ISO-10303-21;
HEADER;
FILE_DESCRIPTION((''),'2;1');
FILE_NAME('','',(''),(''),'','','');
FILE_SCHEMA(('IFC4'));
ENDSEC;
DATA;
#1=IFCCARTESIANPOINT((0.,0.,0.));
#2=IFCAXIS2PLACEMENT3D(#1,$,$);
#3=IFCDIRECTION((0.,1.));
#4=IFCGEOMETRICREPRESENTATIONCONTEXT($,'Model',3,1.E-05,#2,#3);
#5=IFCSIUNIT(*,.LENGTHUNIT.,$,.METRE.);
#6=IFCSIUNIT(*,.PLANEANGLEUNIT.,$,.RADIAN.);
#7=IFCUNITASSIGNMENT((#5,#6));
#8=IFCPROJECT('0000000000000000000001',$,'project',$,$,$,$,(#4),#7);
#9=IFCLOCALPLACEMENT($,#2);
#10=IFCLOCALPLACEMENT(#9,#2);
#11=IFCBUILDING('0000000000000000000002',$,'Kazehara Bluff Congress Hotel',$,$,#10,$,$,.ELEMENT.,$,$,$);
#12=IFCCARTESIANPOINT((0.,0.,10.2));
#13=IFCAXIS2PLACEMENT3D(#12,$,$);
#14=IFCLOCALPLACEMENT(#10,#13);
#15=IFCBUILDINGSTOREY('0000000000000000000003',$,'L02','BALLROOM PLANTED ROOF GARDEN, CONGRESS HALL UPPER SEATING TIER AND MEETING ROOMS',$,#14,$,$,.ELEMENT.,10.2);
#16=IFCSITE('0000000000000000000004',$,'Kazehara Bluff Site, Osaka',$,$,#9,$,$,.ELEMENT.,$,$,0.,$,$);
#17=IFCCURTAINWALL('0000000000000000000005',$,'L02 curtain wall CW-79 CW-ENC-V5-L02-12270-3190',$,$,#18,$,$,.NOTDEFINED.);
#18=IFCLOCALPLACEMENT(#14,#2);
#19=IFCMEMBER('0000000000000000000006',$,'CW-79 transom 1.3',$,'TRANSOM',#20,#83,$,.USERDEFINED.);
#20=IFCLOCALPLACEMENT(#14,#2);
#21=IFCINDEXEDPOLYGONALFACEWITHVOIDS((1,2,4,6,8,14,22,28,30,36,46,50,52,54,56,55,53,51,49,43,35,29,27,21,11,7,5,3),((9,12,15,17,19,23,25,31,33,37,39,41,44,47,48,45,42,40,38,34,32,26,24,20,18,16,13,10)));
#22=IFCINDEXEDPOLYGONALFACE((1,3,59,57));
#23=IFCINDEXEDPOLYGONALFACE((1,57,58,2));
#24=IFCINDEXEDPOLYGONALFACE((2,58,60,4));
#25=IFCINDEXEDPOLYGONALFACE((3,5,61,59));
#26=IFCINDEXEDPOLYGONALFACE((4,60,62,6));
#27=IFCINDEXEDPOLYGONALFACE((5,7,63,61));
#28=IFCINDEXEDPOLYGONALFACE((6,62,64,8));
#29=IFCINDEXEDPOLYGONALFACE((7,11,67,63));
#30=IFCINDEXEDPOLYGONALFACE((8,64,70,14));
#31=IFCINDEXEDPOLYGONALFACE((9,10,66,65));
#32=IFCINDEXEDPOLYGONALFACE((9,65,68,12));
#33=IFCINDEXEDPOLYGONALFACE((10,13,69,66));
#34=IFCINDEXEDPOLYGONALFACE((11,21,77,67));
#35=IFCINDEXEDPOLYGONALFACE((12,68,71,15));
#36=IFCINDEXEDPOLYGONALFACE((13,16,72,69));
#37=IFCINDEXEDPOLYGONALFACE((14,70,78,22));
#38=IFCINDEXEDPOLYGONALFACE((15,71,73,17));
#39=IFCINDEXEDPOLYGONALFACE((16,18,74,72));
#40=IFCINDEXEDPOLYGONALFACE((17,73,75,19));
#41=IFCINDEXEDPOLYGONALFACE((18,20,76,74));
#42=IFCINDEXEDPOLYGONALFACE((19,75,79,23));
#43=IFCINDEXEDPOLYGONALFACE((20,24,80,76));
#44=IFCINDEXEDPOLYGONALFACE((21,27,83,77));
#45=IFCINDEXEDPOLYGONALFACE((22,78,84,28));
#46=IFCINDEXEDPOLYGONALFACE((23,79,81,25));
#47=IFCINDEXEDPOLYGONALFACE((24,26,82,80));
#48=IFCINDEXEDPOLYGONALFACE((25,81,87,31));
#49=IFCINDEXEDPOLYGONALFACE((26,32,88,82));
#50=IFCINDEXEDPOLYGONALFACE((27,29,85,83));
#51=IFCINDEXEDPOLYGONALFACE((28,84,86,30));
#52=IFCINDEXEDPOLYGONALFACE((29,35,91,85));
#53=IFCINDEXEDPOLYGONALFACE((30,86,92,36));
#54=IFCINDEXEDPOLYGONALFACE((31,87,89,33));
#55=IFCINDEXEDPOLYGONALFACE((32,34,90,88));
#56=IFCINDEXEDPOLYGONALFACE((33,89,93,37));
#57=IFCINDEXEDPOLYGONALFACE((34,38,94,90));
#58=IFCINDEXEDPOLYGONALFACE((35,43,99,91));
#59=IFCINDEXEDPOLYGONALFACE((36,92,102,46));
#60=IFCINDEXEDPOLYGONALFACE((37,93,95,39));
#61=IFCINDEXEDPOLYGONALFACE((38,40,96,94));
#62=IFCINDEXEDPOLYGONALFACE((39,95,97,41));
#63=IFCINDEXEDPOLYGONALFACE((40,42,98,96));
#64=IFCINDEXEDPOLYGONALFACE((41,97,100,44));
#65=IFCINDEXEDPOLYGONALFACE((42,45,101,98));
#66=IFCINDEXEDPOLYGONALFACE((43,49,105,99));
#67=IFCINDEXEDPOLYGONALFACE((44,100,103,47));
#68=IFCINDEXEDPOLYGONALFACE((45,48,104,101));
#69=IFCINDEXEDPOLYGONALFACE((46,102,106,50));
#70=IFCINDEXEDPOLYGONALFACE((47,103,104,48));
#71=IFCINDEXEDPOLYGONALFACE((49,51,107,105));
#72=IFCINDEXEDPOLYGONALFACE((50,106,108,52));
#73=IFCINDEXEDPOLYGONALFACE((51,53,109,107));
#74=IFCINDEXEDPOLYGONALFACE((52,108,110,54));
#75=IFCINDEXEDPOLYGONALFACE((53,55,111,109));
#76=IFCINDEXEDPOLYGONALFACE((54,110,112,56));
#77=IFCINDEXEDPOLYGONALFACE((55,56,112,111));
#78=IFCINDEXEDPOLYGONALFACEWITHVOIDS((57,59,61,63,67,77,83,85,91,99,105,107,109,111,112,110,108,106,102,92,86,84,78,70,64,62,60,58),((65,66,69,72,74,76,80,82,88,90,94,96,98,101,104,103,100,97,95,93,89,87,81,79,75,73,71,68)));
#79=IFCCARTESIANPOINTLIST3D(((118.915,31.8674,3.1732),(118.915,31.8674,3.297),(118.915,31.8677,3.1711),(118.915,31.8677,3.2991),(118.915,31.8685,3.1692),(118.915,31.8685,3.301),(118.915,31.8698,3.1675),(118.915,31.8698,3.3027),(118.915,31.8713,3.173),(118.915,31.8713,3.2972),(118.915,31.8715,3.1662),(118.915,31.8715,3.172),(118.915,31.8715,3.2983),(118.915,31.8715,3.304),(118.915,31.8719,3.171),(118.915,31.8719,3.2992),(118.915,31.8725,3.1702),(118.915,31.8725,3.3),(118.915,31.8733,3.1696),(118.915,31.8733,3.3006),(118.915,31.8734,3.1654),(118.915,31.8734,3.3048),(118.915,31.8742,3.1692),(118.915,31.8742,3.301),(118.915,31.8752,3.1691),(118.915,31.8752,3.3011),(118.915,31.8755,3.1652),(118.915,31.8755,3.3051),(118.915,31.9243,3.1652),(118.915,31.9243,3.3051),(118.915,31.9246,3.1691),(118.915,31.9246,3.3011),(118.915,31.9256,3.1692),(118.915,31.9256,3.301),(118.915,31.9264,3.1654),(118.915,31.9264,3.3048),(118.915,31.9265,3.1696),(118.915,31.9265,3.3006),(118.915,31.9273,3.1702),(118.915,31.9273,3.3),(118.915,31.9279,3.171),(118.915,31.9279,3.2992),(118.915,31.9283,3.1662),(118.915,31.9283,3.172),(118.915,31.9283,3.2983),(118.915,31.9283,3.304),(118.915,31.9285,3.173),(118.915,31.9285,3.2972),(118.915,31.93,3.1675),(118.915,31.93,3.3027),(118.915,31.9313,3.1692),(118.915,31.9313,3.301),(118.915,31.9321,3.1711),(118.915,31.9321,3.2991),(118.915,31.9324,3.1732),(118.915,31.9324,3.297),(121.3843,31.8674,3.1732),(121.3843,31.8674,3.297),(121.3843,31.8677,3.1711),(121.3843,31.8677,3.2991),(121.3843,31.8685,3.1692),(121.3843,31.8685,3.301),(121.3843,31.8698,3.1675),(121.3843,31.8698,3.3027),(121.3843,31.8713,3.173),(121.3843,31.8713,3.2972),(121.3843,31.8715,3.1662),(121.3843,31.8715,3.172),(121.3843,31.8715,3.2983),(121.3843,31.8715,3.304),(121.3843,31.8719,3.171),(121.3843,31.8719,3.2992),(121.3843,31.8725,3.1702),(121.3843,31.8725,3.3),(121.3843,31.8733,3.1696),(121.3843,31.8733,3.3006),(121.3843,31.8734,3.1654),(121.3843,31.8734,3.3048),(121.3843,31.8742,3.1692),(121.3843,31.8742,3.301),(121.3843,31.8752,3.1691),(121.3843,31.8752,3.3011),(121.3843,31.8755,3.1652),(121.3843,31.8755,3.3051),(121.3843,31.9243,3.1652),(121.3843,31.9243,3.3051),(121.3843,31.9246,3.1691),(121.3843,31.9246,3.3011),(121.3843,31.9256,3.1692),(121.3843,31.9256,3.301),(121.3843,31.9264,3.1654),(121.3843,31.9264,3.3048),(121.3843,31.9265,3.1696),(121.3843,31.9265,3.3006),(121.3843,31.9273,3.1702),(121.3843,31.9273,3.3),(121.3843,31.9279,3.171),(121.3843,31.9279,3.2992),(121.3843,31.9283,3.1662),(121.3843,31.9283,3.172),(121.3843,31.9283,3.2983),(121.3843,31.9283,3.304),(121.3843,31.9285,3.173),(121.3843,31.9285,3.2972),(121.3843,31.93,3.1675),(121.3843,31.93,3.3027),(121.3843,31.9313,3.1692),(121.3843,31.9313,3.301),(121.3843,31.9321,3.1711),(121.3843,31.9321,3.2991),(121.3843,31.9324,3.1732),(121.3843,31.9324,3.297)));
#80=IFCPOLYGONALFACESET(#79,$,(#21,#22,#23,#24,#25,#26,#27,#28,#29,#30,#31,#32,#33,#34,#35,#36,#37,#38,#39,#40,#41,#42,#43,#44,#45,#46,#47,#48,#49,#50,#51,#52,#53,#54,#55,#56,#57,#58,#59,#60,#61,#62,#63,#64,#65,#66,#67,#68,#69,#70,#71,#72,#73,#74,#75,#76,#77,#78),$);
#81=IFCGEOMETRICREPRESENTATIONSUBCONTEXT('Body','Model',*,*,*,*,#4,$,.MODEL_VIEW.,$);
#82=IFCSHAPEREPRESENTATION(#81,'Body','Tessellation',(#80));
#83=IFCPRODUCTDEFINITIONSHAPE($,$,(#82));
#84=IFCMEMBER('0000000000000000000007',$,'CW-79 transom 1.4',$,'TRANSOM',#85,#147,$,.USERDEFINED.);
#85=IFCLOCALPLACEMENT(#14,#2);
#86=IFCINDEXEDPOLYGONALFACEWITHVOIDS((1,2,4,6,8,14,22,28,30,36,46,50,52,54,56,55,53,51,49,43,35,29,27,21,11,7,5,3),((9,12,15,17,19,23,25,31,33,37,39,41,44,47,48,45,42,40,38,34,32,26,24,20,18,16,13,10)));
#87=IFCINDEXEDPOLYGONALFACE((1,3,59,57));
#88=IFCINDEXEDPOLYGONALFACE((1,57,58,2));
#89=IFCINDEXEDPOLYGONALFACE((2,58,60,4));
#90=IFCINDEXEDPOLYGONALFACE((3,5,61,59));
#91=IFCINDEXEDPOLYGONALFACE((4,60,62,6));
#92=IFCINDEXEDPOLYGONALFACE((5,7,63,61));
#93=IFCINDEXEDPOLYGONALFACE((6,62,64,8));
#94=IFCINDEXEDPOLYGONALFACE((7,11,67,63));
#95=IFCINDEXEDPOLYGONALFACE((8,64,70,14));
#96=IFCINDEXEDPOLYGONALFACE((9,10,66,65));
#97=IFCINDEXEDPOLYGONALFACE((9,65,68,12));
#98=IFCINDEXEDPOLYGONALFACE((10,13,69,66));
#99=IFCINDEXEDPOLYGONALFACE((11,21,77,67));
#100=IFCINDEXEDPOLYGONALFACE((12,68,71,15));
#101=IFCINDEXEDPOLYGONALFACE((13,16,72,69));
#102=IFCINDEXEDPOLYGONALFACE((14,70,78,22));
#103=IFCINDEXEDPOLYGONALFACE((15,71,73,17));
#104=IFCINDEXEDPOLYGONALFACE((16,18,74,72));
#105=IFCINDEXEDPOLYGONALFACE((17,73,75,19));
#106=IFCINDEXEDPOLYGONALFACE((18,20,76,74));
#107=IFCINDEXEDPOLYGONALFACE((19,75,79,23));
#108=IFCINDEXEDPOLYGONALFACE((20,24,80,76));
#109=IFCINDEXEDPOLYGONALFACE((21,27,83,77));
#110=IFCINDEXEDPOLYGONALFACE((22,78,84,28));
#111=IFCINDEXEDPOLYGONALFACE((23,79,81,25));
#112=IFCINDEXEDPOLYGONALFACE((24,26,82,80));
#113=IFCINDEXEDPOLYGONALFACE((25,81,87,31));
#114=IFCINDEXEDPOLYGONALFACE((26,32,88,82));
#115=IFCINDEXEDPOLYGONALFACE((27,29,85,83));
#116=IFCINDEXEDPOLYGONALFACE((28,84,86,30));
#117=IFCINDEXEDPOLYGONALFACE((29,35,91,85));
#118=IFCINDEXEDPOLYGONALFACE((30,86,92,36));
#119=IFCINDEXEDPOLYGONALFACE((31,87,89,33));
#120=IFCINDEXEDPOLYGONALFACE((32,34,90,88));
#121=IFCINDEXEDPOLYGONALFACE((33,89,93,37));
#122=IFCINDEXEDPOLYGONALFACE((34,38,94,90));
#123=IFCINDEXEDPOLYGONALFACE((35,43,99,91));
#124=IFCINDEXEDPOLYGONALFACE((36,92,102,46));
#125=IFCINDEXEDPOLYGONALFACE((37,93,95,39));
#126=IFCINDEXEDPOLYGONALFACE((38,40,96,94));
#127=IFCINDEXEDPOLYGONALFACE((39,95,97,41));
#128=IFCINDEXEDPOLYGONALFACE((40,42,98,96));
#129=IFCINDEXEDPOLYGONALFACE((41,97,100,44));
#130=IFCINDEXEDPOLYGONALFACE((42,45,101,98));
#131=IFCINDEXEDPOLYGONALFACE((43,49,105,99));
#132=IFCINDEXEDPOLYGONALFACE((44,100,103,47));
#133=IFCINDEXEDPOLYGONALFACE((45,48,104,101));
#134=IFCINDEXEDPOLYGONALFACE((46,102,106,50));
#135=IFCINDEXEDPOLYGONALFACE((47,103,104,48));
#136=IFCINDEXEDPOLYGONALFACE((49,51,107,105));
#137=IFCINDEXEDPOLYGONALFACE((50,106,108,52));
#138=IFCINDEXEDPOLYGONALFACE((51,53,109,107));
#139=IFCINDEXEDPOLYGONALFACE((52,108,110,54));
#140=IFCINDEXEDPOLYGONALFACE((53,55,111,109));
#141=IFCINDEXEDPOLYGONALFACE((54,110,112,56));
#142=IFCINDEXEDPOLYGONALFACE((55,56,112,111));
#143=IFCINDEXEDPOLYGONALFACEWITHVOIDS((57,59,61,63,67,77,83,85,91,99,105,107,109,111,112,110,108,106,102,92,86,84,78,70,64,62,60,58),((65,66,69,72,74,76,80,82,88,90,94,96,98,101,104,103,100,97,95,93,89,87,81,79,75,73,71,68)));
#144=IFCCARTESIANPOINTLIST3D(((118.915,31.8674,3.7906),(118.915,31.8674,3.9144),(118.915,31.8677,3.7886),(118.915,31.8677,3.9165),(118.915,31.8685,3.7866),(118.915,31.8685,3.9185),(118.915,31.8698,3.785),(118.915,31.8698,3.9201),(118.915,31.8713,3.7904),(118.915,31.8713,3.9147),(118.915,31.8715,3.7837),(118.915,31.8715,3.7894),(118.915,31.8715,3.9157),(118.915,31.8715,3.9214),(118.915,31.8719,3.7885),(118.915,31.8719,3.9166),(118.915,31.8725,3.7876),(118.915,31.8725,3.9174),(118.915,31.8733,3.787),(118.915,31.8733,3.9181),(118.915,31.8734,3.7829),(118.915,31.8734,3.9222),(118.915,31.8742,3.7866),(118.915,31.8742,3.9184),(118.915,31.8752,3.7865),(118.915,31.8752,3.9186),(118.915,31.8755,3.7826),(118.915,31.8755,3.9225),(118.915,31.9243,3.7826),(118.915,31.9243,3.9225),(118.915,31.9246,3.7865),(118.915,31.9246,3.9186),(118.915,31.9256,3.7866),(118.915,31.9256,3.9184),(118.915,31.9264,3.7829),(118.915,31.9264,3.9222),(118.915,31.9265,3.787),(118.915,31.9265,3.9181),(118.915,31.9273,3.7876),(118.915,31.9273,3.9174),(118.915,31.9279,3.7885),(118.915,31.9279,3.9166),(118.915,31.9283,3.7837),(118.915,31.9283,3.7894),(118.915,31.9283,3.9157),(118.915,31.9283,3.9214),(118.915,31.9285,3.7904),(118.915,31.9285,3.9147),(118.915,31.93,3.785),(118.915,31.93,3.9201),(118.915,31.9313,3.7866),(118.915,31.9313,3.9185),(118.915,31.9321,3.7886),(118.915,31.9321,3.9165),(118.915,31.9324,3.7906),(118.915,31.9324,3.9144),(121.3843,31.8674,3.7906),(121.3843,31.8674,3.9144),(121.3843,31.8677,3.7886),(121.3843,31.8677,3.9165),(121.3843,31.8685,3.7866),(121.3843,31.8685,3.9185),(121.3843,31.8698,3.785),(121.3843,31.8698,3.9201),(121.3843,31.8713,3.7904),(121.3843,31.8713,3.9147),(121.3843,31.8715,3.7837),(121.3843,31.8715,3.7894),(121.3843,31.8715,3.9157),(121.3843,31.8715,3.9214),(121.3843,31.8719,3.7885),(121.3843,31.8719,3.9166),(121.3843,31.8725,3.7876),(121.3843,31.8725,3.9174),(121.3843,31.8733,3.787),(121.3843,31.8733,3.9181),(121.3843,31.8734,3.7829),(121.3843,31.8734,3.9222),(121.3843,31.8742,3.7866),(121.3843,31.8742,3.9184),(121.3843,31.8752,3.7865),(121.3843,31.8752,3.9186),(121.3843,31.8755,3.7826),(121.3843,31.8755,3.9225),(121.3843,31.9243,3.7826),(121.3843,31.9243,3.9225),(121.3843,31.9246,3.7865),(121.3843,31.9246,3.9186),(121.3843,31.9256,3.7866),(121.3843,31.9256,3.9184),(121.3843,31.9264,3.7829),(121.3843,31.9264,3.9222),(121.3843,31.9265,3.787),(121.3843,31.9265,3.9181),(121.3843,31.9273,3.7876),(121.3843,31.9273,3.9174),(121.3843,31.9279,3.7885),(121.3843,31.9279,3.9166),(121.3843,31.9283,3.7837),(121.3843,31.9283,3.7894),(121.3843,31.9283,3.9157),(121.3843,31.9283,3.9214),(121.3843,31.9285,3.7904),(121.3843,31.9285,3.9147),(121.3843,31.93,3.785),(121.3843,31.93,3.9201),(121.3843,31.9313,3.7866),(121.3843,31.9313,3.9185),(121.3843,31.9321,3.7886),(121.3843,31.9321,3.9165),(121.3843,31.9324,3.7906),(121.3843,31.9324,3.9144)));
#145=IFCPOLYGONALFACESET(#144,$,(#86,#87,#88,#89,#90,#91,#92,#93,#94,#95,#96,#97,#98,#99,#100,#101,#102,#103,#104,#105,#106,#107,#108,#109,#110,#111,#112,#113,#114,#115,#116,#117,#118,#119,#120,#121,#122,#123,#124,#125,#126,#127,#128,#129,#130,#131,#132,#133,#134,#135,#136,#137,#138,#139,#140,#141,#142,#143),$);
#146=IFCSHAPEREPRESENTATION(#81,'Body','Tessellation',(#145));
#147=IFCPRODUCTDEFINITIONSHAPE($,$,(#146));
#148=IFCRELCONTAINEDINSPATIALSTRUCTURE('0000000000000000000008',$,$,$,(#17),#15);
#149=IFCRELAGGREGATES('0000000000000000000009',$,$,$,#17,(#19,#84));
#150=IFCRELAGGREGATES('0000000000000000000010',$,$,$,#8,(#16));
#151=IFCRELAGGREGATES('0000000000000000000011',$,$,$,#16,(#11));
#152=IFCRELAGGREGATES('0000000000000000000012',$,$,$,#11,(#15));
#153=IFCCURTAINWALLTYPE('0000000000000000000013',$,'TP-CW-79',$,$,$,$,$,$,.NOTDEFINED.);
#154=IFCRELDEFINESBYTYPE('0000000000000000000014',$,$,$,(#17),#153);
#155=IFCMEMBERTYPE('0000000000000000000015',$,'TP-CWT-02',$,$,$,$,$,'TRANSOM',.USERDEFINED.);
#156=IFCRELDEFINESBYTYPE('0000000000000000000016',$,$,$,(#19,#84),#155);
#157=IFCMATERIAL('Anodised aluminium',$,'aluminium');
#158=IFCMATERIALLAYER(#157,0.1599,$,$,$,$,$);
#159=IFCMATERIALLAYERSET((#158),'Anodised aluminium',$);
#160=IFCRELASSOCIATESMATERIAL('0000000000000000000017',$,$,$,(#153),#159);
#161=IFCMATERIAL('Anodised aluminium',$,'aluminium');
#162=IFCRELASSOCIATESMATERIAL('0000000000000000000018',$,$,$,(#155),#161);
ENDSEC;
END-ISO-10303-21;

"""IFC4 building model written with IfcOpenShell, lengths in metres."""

from ifc_helpers import new_model, si_unit, direction, frame, origin, origin_2d, place, context, subcontext, project, spatial, hollow_rectangle, extrude, material, layer, layer_set, material_profile, profile_set, type_object, element, aggregate, save


model = new_model("IFC4")

# Units and contexts
model_context = context("Model", 3, precision=1e-05, world=origin(), true_north=direction((0.0, 1.0)))
body_context = subcontext(model_context, "Body", "Model", "MODEL_VIEW")
ifc_project = project(units=[si_unit("LENGTHUNIT", "METRE"), si_unit("PLANEANGLEUNIT", "RADIAN")], contexts=[model_context])

# Site, building, storey
site_placement = place(None, origin())
site = spatial("IfcSite", under=ifc_project, at=site_placement, Name="Kazehara Bluff Site, Osaka", CompositionType="ELEMENT", RefElevation=0.0)
building_placement = place(site_placement, origin())
building = spatial("IfcBuilding", under=site, at=building_placement, Name="Kazehara Bluff Congress Hotel", CompositionType="ELEMENT")
storey_placement = place(building_placement, frame((0.0, 0.0, 10.2)))
storey = spatial("IfcBuildingStorey", under=building, at=storey_placement, Name="L02", Description="BALLROOM PLANTED ROOF GARDEN, CONGRESS HALL UPPER SEATING TIER AND MEETING ROOMS", CompositionType="ELEMENT", Elevation=10.2)

# Curtain wall
ifc_material_1 = material(Name="Anodised aluminium", Category="aluminium")
ifc_layer_1 = layer(ifc_material_1, 0.1599)
ifc_layer_set_1 = layer_set([ifc_layer_1], Name="Anodised aluminium")
curtain_wall_type_1 = type_object("IfcCurtainWallType", Name="TP-CW-79", PredefinedType="NOTDEFINED", material=ifc_layer_set_1)
curtain_wall_1_placement = place(storey_placement, origin())
curtain_wall_1 = element("IfcCurtainWall", 1, at=curtain_wall_1_placement, inside=storey, type_object=curtain_wall_type_1, Name="L02 curtain wall CW-79 CW-ENC-V5-L02-12270-3190", PredefinedType="NOTDEFINED")

# Members
ifc_material_2 = material(Name="Anodised aluminium", Category="aluminium")
ifc_material_profile_1 = material_profile(ifc_material_2, hollow_rectangle(XDim=0.0649, YDim=0.1399, WallThickness=0.0039, InnerFilletRadius=0.0039, OuterFilletRadius=0.0081, at=origin_2d()))
ifc_profile_set_1 = profile_set([ifc_material_profile_1], Name="Anodised aluminium")
member_type_1 = type_object("IfcMemberType", Name="TP-CWT-02", ElementType="TRANSOM", PredefinedType="USERDEFINED", material=ifc_profile_set_1)
member_1_placement = place(storey_placement, frame((118.915, 31.8999, 3.2351), z_axis=(1.0, 0.0, 0.0), x_axis=(0.0, 1.0, 0.0)))
member_1 = element("IfcMember", 2, at=member_1_placement, type_object=member_type_1, Name="CW-79 transom 1.3", ObjectType="TRANSOM", PredefinedType="USERDEFINED", context=body_context, shape_type="SweptSolid", body=[
    extrude(hollow_rectangle(XDim=0.0649, YDim=0.1399, WallThickness=0.0039, InnerFilletRadius=0.0039, OuterFilletRadius=0.0081, at=origin_2d()), origin(), (0.0, 0.0, 1.0), 2.4692),
])
member_2_placement = place(storey_placement, frame((118.915, 31.8999, 3.8525), z_axis=(1.0, 0.0, 0.0), x_axis=(0.0, 1.0, 0.0)))
member_2 = element("IfcMember", 3, at=member_2_placement, type_object=member_type_1, Name="CW-79 transom 1.4", ObjectType="TRANSOM", PredefinedType="USERDEFINED", context=body_context, shape_type="SweptSolid", body=[
    extrude(hollow_rectangle(XDim=0.0649, YDim=0.1399, WallThickness=0.0039, InnerFilletRadius=0.0039, OuterFilletRadius=0.0081, at=origin_2d()), origin(), (0.0, 0.0, 1.0), 2.4692),
])

aggregate(curtain_wall_1, [member_1, member_2])

save(model, "model.ifc")
